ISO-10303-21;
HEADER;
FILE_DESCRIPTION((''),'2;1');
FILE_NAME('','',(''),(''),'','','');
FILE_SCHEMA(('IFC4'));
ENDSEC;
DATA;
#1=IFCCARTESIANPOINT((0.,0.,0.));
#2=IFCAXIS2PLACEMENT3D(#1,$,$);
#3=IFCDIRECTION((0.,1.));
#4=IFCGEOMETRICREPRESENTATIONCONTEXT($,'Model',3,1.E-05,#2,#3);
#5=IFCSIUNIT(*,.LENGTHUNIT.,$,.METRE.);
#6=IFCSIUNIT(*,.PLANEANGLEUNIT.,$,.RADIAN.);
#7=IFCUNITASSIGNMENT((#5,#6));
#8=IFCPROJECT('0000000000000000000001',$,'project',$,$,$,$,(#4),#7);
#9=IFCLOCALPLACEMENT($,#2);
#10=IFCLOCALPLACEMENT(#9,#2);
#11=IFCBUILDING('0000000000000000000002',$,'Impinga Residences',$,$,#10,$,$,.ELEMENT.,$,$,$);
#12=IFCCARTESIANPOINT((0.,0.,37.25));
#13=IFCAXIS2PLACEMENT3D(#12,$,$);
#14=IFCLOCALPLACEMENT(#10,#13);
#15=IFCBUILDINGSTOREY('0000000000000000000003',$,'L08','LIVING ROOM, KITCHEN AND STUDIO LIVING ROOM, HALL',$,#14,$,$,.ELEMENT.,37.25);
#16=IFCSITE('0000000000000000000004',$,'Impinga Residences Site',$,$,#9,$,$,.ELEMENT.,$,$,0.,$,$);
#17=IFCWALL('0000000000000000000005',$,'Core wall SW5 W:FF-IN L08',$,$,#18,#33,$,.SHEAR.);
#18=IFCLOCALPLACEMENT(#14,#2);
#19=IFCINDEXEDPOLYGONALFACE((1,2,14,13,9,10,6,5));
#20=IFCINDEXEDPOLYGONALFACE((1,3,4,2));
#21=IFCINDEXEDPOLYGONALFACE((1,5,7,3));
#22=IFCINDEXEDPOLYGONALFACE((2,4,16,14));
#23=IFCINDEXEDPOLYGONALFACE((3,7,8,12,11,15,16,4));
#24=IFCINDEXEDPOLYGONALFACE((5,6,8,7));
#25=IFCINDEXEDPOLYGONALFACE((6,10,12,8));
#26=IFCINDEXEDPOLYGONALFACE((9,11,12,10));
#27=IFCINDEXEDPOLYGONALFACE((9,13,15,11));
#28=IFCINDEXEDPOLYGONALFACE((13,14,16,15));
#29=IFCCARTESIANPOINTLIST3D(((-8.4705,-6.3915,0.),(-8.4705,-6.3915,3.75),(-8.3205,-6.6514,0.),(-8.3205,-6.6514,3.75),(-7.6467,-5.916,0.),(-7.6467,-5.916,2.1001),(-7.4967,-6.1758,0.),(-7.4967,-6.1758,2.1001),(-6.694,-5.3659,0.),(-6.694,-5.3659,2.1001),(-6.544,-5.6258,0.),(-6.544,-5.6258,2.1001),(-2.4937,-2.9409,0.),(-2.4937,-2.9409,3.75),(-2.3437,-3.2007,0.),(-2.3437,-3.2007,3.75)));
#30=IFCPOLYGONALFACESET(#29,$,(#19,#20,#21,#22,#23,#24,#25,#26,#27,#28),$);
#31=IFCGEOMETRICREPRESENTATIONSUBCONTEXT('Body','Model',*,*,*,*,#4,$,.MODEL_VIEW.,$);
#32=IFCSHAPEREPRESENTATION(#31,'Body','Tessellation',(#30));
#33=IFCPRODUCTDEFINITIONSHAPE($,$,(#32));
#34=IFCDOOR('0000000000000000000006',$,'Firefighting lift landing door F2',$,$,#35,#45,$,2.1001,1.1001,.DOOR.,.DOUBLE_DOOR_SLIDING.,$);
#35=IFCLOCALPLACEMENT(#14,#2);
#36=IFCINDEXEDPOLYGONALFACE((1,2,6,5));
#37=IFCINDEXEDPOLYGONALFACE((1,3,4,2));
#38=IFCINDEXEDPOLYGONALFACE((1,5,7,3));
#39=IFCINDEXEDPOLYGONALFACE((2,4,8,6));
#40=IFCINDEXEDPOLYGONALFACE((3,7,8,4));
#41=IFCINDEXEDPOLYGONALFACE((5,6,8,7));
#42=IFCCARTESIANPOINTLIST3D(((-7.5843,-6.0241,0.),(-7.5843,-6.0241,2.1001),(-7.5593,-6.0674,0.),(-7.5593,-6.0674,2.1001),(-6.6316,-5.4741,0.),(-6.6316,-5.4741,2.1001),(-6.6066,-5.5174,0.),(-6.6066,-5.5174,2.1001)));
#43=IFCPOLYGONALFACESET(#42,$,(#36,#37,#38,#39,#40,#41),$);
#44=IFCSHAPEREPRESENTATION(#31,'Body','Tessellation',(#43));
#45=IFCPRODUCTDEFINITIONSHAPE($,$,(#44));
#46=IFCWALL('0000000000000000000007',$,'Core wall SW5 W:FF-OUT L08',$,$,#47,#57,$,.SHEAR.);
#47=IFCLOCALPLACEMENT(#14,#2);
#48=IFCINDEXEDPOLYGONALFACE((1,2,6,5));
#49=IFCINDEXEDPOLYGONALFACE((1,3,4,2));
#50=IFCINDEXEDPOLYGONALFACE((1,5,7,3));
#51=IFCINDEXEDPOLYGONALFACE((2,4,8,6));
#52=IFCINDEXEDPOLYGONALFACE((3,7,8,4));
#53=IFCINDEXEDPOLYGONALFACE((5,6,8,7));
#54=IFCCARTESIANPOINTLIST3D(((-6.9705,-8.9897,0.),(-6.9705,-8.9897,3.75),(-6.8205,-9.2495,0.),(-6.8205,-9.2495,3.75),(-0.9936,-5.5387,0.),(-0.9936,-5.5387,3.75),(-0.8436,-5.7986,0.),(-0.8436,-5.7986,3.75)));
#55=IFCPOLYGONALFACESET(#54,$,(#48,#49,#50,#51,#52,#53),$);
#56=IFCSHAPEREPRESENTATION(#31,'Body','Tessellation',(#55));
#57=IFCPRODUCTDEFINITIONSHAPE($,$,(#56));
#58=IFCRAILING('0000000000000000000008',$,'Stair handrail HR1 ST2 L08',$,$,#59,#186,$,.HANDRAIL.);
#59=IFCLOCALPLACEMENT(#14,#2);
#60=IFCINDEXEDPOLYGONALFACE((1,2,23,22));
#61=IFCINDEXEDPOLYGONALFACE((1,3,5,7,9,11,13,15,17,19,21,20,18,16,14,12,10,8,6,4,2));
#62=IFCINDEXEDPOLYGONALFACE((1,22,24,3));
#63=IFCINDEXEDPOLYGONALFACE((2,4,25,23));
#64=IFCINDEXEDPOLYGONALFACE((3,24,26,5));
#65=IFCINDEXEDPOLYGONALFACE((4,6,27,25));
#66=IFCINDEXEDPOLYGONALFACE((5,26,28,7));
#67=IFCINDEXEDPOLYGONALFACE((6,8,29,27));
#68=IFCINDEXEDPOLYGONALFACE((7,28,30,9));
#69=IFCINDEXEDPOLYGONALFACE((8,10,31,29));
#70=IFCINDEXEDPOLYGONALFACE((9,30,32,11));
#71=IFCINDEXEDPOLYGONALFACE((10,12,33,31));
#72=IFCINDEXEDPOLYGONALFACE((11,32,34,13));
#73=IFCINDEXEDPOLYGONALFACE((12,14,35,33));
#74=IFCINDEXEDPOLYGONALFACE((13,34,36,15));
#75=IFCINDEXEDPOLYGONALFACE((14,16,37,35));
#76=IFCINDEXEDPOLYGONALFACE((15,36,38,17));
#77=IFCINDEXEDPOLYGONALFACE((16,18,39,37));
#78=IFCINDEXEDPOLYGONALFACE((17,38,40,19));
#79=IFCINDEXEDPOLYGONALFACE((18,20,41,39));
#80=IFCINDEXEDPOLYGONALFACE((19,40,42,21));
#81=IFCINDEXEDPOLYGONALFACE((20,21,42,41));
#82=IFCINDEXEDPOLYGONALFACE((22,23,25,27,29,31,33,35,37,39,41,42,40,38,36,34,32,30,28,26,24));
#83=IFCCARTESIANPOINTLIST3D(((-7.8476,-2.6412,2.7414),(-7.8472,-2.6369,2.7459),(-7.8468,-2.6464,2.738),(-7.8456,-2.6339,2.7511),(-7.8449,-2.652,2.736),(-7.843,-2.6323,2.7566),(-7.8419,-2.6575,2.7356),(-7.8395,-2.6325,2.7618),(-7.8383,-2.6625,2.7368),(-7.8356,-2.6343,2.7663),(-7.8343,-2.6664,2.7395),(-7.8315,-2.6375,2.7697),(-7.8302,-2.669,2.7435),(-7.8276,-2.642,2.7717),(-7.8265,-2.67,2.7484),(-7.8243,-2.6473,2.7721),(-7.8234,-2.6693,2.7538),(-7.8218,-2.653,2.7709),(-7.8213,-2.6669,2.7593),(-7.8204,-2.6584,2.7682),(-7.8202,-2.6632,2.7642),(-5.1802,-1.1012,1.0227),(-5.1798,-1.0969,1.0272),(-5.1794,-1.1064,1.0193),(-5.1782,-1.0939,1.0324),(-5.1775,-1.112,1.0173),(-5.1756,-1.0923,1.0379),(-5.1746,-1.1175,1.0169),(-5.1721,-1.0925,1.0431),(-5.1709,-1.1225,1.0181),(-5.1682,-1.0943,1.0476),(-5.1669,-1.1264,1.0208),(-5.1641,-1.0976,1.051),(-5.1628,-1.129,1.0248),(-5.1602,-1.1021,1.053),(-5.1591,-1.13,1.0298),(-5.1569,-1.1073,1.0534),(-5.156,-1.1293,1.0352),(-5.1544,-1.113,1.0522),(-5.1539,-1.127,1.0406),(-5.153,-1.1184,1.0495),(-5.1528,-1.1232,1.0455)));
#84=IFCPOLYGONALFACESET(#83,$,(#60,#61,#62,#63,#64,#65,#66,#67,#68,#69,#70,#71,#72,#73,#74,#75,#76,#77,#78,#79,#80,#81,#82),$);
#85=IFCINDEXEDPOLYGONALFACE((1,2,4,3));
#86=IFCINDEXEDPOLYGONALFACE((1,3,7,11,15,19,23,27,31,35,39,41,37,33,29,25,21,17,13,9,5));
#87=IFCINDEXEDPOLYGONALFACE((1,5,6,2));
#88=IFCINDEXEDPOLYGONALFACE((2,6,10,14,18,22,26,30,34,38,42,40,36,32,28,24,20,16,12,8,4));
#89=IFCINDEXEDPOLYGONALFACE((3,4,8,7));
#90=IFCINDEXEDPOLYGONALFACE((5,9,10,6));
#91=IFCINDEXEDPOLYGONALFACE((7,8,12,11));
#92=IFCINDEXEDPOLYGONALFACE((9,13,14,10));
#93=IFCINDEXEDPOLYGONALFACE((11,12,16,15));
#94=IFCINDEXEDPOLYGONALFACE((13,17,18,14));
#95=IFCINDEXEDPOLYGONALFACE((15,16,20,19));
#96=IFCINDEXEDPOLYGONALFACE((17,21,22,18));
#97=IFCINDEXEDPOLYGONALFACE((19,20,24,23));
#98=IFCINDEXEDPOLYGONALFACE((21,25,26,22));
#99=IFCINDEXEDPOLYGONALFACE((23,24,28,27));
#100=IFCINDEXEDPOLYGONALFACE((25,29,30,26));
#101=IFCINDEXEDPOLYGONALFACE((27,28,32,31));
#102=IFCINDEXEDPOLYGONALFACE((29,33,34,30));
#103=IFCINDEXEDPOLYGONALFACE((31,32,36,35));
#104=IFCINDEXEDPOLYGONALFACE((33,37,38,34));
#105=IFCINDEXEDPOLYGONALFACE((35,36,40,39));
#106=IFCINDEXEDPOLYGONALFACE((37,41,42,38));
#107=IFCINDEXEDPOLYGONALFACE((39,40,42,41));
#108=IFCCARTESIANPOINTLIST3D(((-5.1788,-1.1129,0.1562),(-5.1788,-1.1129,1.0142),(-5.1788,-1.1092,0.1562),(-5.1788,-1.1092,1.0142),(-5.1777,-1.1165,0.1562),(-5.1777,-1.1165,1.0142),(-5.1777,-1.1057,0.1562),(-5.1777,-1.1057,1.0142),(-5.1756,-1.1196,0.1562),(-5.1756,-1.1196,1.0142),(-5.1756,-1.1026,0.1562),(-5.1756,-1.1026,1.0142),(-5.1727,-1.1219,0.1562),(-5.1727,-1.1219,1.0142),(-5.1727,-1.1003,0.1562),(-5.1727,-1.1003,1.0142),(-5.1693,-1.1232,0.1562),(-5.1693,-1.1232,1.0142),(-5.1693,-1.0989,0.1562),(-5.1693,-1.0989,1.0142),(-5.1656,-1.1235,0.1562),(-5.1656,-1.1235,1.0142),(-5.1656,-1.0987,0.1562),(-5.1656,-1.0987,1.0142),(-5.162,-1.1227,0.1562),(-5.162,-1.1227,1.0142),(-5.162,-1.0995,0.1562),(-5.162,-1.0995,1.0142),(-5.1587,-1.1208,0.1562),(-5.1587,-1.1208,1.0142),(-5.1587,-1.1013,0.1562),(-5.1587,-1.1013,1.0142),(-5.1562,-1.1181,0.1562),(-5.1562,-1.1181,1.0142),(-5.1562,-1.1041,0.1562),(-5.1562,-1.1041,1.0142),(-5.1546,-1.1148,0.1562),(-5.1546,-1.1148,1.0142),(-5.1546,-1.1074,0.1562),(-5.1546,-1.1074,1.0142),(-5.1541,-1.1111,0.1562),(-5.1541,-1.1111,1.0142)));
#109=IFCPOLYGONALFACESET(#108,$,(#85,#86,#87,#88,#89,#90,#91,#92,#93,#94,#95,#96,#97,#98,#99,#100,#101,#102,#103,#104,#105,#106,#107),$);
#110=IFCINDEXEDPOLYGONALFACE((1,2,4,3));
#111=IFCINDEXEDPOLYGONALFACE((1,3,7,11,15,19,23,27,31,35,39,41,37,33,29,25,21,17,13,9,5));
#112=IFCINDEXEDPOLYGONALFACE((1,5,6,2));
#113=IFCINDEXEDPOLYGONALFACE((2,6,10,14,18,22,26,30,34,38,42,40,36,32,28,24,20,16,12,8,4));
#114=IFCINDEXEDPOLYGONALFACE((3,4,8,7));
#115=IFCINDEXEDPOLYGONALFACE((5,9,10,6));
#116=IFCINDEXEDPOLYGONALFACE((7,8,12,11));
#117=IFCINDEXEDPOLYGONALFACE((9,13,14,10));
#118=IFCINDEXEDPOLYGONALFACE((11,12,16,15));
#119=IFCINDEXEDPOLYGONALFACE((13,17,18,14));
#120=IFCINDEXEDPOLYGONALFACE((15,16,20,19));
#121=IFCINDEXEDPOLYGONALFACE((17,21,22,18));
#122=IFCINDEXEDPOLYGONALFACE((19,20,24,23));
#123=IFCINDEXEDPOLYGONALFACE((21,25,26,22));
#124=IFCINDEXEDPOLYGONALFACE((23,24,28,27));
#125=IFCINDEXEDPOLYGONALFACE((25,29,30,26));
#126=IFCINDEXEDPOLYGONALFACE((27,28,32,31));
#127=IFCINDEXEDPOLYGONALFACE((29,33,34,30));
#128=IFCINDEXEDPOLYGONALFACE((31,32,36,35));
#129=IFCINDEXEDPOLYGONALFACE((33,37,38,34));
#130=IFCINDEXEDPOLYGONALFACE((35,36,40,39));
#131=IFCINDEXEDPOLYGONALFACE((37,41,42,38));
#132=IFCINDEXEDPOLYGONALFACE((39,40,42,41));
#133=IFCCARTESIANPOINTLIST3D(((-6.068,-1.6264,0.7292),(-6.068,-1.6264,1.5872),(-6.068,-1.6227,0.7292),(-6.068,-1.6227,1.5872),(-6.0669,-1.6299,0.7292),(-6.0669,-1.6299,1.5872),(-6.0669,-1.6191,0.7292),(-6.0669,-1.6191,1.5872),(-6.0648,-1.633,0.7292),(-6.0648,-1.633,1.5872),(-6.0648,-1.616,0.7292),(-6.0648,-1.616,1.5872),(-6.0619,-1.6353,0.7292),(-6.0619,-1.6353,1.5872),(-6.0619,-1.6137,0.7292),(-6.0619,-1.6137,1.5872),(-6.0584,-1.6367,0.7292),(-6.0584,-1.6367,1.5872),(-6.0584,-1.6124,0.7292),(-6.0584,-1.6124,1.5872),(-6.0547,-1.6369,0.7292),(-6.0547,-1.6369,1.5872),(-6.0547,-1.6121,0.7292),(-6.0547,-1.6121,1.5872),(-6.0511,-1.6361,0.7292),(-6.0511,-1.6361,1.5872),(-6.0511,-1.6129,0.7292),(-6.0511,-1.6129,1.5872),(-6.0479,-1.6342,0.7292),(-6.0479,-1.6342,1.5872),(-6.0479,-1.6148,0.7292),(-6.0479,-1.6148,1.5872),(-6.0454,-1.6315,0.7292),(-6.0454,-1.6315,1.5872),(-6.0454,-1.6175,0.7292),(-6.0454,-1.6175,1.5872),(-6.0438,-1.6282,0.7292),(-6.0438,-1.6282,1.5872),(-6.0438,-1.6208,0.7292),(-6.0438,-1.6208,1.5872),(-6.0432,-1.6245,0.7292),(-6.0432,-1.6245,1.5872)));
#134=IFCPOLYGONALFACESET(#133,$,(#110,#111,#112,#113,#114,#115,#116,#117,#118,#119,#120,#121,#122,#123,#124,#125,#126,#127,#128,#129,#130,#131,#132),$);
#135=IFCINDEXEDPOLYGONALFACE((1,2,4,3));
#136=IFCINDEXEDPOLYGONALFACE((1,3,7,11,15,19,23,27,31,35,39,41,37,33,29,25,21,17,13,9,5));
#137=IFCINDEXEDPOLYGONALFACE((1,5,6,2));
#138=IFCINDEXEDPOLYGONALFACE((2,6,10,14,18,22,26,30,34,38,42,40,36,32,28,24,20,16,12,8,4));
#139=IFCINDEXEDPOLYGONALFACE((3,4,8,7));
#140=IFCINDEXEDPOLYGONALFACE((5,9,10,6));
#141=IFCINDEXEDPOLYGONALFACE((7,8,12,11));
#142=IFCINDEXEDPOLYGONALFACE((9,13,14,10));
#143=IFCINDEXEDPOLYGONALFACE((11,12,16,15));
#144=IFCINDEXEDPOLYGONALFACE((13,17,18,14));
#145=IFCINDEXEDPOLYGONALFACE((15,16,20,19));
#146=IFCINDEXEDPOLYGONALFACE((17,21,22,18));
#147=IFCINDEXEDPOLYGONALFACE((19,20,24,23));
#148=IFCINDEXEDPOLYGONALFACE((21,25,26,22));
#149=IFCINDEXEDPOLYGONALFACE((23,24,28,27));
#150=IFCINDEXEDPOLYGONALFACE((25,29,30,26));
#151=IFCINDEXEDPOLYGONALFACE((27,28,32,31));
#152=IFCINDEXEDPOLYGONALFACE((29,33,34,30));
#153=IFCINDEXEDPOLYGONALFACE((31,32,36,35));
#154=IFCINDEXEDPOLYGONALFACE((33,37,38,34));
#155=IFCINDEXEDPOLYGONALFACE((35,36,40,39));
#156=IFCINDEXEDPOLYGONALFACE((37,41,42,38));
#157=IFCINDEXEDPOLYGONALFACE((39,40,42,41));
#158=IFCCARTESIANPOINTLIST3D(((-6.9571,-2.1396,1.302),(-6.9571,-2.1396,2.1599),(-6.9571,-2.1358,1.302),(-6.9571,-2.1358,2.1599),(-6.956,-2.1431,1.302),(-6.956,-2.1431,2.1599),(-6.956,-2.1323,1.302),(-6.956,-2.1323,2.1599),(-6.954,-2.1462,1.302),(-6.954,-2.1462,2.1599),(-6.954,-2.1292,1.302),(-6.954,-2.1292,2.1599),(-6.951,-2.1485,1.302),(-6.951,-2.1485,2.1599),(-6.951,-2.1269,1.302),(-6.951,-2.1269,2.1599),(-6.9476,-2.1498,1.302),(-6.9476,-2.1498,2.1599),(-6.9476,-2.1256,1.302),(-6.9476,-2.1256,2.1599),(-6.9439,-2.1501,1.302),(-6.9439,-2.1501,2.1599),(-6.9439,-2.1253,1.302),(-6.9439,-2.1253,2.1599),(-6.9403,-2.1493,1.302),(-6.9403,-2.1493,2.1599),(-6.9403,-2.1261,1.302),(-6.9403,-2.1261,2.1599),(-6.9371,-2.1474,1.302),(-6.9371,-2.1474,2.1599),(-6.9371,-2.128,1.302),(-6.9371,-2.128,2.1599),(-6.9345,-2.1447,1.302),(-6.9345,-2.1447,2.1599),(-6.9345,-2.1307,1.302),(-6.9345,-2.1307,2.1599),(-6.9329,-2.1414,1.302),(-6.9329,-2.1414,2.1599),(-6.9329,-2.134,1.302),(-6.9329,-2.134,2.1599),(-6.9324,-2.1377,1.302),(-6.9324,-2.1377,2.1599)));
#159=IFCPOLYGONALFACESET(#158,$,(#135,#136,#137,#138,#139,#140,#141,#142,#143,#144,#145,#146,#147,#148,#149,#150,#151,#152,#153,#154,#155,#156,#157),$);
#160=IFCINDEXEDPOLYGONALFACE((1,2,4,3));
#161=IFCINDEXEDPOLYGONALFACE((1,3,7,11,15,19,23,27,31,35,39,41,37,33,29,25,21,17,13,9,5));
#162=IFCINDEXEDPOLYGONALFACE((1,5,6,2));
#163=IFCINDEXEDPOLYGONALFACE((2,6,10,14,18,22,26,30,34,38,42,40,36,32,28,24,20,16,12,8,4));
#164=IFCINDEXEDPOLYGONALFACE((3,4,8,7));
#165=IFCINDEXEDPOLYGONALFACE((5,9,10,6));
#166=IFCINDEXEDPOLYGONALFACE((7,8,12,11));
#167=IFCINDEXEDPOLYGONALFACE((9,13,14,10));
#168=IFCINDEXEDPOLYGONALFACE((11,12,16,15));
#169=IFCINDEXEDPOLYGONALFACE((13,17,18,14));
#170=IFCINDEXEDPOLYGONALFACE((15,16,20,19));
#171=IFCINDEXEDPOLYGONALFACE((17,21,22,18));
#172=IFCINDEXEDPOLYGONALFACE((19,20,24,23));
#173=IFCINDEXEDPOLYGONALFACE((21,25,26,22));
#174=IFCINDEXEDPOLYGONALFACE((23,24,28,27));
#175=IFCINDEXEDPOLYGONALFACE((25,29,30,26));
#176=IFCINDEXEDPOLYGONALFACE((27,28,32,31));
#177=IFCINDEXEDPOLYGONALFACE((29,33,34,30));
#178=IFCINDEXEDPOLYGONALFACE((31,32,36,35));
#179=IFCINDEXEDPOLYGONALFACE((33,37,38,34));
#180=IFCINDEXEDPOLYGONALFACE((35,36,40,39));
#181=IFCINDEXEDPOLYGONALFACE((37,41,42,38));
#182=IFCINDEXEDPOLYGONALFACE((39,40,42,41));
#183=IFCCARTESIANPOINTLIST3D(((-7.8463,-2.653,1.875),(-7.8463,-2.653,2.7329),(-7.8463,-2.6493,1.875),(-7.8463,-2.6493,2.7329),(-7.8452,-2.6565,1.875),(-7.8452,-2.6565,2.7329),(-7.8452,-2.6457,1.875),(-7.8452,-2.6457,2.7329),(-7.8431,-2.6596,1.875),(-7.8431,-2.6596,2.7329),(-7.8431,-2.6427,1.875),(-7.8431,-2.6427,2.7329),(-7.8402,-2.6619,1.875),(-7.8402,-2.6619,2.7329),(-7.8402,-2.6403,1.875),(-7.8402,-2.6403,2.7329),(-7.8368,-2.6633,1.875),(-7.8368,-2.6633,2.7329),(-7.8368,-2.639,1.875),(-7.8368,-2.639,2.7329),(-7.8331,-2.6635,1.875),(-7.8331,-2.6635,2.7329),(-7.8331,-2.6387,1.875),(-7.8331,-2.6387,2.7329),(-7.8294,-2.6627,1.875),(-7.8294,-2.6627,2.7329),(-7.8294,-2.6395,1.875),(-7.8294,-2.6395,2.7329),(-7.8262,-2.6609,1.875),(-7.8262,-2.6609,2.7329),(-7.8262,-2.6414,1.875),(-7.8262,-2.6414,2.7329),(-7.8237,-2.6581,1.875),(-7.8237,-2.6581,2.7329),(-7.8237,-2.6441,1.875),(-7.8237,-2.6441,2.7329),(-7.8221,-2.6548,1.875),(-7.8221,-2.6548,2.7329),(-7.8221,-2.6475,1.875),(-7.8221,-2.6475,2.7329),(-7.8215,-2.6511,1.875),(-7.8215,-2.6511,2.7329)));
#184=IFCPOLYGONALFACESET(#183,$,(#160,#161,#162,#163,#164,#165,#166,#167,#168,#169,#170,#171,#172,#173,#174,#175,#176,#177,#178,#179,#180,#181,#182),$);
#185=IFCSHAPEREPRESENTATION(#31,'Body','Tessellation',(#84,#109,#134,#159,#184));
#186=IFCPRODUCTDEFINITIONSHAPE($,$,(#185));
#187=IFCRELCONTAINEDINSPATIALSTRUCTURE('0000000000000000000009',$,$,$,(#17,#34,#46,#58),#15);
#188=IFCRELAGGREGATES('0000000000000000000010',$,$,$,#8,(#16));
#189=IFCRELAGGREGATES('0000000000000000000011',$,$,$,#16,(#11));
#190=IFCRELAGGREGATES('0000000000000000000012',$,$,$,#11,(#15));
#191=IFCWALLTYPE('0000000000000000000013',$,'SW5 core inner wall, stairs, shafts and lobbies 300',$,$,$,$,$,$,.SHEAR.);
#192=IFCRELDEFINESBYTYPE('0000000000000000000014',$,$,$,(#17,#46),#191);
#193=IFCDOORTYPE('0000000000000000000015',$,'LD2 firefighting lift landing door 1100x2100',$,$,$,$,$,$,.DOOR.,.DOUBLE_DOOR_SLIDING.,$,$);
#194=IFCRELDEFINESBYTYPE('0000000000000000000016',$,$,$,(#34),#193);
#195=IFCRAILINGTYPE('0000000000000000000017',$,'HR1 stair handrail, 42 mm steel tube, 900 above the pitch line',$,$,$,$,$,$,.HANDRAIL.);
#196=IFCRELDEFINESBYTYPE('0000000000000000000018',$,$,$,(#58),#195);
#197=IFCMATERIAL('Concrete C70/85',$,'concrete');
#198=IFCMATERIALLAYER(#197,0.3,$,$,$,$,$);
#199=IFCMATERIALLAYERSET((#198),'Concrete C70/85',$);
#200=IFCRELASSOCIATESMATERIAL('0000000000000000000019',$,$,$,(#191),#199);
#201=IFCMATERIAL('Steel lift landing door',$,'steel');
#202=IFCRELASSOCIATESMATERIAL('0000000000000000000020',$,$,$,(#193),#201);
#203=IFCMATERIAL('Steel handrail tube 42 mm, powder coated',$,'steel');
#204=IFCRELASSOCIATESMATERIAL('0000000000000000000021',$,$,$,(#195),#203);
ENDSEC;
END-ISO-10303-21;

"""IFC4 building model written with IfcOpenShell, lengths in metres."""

from ifc_helpers import new_model, si_unit, direction, frame, frame_2d, origin, origin_2d, place, context, subcontext, project, spatial, rectangle, circle, extrude, material, layer, layer_set, type_object, element, fill, save


model = new_model("IFC4")

# Units and contexts
model_context = context("Model", 3, precision=1e-05, world=origin(), true_north=direction((0.0, 1.0)))
body_context = subcontext(model_context, "Body", "Model", "MODEL_VIEW")
ifc_project = project(units=[si_unit("LENGTHUNIT", "METRE"), si_unit("PLANEANGLEUNIT", "RADIAN")], contexts=[model_context])

# Site, building, storey
site_placement = place(None, origin())
site = spatial("IfcSite", under=ifc_project, at=site_placement, Name="Impinga Residences Site", CompositionType="ELEMENT", RefElevation=0.0)
building_placement = place(site_placement, origin())
building = spatial("IfcBuilding", under=site, at=building_placement, Name="Impinga Residences", CompositionType="ELEMENT")
storey_placement = place(building_placement, frame((0.0, 0.0, 37.25)))
storey = spatial("IfcBuildingStorey", under=building, at=storey_placement, Name="L08", Description="LIVING ROOM, KITCHEN AND STUDIO LIVING ROOM, HALL", CompositionType="ELEMENT", Elevation=37.25)

# Shared definitions
ifc_material_1 = material(Name="Concrete C70/85", Category="concrete")

# Shared definitions
ifc_layer_1 = layer(ifc_material_1, 0.3)
ifc_layer_set_1 = layer_set([ifc_layer_1], Name="Concrete C70/85")
wall_type_1 = type_object("IfcWallType", Name="SW5 core inner wall, stairs, shafts and lobbies 300", PredefinedType="SHEAR", material=ifc_layer_set_1)

# Wall, opening, door
wall_1_placement = place(storey_placement, frame((-2.4187, -3.0708, 0.0), z_axis=(0.0, 0.0, 1.0), x_axis=(-0.866027, -0.499997, 0.0)))
wall_1 = element("IfcWall", 1, at=wall_1_placement, inside=storey, type_object=wall_type_1, Name="Core wall SW5 W:FF-IN L08", PredefinedType="SHEAR", context=body_context, shape_type="SweptSolid", body=[
    extrude(rectangle(XDim=6.9014, YDim=0.3, at=frame_2d((3.4507, 0.0))), origin(), (0.0, 0.0, 1.0), 3.75),
])
opening_1_placement = place(wall_1_placement, frame((4.8501, 0.0, 0.0)))
opening_1 = element("IfcOpeningElement", 2, at=opening_1_placement, cuts=wall_1, PredefinedType="OPENING", context=body_context, shape_type="SweptSolid", body=[
    extrude(rectangle(XDim=1.1001, YDim=2.1001, at=frame_2d((0.55, 1.05))), frame((0.0, 0.1599, 0.0), z_axis=(0.0, -1.0, 0.0), x_axis=(1.0, 0.0, 0.0)), (0.0, 0.0, 1.0), 0.3201),
])
ifc_material_2 = material(Name="Steel lift landing door", Category="steel")
door_type_1 = type_object("IfcDoorType", Name="LD2 firefighting lift landing door 1100x2100", OperationType="DOUBLE_DOOR_SLIDING", PredefinedType="DOOR", material=ifc_material_2)
door_1_placement = place(opening_1_placement, origin())
door_1 = element("IfcDoor", 3, at=door_1_placement, inside=storey, type_object=door_type_1, Name="Firefighting lift landing door F2", OperationType="DOUBLE_DOOR_SLIDING", OverallHeight=2.1001, OverallWidth=1.1001, PredefinedType="DOOR", context=body_context, shape_type="SweptSolid", body=[
    extrude(rectangle(XDim=1.1001, YDim=2.1001, at=frame_2d((0.55, 1.05))), frame((0.0, 0.0249, 0.0), z_axis=(0.0, -1.0, 0.0), x_axis=(1.0, 0.0, 0.0)), (0.0, 0.0, 1.0), 0.05),
])
fill(opening_1, door_1)

# Wall
wall_2_placement = place(storey_placement, frame((-0.9187, -5.6687, 0.0), z_axis=(0.0, 0.0, 1.0), x_axis=(-0.866012, -0.500024, 0.0)))
element("IfcWall", 4, at=wall_2_placement, inside=storey, type_object=wall_type_1, Name="Core wall SW5 W:FF-OUT L08", PredefinedType="SHEAR", context=body_context, shape_type="SweptSolid", body=[
    extrude(rectangle(XDim=6.9016, YDim=0.3, at=frame_2d((3.4507, 0.0))), origin(), (0.0, 0.0, 1.0), 3.75),
])

# Railing
ifc_material_3 = material(Name="Steel handrail tube 42 mm, powder coated", Category="steel")
railing_type = type_object("IfcRailingType", Name="HR1 stair handrail, 42 mm steel tube, 900 above the pitch line", PredefinedType="HANDRAIL", material=ifc_material_3)
railing_placement = place(storey_placement, frame((-5.1665, -1.1111, 0.1562)))
element("IfcRailing", 5, at=railing_placement, inside=storey, type_object=railing_type, Name="Stair handrail HR1 ST2 L08", PredefinedType="HANDRAIL", context=body_context, shape_type="SweptSolid", body=[
    extrude(circle(Radius=0.021, at=origin_2d()), frame((0.0, 0.0, 0.8789), z_axis=(-0.756256, -0.436616, 0.487282), x_axis=(0.499992, -0.86603, 0.0)), (0.0, 0.0, 1.0), 3.5271),
    extrude(circle(Radius=0.0125, at=origin_2d()), origin(), (0.0, 0.0, 1.0), 0.8579),
    extrude(circle(Radius=0.0125, at=origin_2d()), frame((-0.8892, -0.5134, 0.573)), (0.0, 0.0, 1.0), 0.8579),
    extrude(circle(Radius=0.0125, at=origin_2d()), frame((-1.7783, -1.0266, 1.1458)), (0.0, 0.0, 1.0), 0.8579),
    extrude(circle(Radius=0.0125, at=origin_2d()), frame((-2.6675, -1.54, 1.7188)), (0.0, 0.0, 1.0), 0.8579),
])

save(model, "model.ifc")
